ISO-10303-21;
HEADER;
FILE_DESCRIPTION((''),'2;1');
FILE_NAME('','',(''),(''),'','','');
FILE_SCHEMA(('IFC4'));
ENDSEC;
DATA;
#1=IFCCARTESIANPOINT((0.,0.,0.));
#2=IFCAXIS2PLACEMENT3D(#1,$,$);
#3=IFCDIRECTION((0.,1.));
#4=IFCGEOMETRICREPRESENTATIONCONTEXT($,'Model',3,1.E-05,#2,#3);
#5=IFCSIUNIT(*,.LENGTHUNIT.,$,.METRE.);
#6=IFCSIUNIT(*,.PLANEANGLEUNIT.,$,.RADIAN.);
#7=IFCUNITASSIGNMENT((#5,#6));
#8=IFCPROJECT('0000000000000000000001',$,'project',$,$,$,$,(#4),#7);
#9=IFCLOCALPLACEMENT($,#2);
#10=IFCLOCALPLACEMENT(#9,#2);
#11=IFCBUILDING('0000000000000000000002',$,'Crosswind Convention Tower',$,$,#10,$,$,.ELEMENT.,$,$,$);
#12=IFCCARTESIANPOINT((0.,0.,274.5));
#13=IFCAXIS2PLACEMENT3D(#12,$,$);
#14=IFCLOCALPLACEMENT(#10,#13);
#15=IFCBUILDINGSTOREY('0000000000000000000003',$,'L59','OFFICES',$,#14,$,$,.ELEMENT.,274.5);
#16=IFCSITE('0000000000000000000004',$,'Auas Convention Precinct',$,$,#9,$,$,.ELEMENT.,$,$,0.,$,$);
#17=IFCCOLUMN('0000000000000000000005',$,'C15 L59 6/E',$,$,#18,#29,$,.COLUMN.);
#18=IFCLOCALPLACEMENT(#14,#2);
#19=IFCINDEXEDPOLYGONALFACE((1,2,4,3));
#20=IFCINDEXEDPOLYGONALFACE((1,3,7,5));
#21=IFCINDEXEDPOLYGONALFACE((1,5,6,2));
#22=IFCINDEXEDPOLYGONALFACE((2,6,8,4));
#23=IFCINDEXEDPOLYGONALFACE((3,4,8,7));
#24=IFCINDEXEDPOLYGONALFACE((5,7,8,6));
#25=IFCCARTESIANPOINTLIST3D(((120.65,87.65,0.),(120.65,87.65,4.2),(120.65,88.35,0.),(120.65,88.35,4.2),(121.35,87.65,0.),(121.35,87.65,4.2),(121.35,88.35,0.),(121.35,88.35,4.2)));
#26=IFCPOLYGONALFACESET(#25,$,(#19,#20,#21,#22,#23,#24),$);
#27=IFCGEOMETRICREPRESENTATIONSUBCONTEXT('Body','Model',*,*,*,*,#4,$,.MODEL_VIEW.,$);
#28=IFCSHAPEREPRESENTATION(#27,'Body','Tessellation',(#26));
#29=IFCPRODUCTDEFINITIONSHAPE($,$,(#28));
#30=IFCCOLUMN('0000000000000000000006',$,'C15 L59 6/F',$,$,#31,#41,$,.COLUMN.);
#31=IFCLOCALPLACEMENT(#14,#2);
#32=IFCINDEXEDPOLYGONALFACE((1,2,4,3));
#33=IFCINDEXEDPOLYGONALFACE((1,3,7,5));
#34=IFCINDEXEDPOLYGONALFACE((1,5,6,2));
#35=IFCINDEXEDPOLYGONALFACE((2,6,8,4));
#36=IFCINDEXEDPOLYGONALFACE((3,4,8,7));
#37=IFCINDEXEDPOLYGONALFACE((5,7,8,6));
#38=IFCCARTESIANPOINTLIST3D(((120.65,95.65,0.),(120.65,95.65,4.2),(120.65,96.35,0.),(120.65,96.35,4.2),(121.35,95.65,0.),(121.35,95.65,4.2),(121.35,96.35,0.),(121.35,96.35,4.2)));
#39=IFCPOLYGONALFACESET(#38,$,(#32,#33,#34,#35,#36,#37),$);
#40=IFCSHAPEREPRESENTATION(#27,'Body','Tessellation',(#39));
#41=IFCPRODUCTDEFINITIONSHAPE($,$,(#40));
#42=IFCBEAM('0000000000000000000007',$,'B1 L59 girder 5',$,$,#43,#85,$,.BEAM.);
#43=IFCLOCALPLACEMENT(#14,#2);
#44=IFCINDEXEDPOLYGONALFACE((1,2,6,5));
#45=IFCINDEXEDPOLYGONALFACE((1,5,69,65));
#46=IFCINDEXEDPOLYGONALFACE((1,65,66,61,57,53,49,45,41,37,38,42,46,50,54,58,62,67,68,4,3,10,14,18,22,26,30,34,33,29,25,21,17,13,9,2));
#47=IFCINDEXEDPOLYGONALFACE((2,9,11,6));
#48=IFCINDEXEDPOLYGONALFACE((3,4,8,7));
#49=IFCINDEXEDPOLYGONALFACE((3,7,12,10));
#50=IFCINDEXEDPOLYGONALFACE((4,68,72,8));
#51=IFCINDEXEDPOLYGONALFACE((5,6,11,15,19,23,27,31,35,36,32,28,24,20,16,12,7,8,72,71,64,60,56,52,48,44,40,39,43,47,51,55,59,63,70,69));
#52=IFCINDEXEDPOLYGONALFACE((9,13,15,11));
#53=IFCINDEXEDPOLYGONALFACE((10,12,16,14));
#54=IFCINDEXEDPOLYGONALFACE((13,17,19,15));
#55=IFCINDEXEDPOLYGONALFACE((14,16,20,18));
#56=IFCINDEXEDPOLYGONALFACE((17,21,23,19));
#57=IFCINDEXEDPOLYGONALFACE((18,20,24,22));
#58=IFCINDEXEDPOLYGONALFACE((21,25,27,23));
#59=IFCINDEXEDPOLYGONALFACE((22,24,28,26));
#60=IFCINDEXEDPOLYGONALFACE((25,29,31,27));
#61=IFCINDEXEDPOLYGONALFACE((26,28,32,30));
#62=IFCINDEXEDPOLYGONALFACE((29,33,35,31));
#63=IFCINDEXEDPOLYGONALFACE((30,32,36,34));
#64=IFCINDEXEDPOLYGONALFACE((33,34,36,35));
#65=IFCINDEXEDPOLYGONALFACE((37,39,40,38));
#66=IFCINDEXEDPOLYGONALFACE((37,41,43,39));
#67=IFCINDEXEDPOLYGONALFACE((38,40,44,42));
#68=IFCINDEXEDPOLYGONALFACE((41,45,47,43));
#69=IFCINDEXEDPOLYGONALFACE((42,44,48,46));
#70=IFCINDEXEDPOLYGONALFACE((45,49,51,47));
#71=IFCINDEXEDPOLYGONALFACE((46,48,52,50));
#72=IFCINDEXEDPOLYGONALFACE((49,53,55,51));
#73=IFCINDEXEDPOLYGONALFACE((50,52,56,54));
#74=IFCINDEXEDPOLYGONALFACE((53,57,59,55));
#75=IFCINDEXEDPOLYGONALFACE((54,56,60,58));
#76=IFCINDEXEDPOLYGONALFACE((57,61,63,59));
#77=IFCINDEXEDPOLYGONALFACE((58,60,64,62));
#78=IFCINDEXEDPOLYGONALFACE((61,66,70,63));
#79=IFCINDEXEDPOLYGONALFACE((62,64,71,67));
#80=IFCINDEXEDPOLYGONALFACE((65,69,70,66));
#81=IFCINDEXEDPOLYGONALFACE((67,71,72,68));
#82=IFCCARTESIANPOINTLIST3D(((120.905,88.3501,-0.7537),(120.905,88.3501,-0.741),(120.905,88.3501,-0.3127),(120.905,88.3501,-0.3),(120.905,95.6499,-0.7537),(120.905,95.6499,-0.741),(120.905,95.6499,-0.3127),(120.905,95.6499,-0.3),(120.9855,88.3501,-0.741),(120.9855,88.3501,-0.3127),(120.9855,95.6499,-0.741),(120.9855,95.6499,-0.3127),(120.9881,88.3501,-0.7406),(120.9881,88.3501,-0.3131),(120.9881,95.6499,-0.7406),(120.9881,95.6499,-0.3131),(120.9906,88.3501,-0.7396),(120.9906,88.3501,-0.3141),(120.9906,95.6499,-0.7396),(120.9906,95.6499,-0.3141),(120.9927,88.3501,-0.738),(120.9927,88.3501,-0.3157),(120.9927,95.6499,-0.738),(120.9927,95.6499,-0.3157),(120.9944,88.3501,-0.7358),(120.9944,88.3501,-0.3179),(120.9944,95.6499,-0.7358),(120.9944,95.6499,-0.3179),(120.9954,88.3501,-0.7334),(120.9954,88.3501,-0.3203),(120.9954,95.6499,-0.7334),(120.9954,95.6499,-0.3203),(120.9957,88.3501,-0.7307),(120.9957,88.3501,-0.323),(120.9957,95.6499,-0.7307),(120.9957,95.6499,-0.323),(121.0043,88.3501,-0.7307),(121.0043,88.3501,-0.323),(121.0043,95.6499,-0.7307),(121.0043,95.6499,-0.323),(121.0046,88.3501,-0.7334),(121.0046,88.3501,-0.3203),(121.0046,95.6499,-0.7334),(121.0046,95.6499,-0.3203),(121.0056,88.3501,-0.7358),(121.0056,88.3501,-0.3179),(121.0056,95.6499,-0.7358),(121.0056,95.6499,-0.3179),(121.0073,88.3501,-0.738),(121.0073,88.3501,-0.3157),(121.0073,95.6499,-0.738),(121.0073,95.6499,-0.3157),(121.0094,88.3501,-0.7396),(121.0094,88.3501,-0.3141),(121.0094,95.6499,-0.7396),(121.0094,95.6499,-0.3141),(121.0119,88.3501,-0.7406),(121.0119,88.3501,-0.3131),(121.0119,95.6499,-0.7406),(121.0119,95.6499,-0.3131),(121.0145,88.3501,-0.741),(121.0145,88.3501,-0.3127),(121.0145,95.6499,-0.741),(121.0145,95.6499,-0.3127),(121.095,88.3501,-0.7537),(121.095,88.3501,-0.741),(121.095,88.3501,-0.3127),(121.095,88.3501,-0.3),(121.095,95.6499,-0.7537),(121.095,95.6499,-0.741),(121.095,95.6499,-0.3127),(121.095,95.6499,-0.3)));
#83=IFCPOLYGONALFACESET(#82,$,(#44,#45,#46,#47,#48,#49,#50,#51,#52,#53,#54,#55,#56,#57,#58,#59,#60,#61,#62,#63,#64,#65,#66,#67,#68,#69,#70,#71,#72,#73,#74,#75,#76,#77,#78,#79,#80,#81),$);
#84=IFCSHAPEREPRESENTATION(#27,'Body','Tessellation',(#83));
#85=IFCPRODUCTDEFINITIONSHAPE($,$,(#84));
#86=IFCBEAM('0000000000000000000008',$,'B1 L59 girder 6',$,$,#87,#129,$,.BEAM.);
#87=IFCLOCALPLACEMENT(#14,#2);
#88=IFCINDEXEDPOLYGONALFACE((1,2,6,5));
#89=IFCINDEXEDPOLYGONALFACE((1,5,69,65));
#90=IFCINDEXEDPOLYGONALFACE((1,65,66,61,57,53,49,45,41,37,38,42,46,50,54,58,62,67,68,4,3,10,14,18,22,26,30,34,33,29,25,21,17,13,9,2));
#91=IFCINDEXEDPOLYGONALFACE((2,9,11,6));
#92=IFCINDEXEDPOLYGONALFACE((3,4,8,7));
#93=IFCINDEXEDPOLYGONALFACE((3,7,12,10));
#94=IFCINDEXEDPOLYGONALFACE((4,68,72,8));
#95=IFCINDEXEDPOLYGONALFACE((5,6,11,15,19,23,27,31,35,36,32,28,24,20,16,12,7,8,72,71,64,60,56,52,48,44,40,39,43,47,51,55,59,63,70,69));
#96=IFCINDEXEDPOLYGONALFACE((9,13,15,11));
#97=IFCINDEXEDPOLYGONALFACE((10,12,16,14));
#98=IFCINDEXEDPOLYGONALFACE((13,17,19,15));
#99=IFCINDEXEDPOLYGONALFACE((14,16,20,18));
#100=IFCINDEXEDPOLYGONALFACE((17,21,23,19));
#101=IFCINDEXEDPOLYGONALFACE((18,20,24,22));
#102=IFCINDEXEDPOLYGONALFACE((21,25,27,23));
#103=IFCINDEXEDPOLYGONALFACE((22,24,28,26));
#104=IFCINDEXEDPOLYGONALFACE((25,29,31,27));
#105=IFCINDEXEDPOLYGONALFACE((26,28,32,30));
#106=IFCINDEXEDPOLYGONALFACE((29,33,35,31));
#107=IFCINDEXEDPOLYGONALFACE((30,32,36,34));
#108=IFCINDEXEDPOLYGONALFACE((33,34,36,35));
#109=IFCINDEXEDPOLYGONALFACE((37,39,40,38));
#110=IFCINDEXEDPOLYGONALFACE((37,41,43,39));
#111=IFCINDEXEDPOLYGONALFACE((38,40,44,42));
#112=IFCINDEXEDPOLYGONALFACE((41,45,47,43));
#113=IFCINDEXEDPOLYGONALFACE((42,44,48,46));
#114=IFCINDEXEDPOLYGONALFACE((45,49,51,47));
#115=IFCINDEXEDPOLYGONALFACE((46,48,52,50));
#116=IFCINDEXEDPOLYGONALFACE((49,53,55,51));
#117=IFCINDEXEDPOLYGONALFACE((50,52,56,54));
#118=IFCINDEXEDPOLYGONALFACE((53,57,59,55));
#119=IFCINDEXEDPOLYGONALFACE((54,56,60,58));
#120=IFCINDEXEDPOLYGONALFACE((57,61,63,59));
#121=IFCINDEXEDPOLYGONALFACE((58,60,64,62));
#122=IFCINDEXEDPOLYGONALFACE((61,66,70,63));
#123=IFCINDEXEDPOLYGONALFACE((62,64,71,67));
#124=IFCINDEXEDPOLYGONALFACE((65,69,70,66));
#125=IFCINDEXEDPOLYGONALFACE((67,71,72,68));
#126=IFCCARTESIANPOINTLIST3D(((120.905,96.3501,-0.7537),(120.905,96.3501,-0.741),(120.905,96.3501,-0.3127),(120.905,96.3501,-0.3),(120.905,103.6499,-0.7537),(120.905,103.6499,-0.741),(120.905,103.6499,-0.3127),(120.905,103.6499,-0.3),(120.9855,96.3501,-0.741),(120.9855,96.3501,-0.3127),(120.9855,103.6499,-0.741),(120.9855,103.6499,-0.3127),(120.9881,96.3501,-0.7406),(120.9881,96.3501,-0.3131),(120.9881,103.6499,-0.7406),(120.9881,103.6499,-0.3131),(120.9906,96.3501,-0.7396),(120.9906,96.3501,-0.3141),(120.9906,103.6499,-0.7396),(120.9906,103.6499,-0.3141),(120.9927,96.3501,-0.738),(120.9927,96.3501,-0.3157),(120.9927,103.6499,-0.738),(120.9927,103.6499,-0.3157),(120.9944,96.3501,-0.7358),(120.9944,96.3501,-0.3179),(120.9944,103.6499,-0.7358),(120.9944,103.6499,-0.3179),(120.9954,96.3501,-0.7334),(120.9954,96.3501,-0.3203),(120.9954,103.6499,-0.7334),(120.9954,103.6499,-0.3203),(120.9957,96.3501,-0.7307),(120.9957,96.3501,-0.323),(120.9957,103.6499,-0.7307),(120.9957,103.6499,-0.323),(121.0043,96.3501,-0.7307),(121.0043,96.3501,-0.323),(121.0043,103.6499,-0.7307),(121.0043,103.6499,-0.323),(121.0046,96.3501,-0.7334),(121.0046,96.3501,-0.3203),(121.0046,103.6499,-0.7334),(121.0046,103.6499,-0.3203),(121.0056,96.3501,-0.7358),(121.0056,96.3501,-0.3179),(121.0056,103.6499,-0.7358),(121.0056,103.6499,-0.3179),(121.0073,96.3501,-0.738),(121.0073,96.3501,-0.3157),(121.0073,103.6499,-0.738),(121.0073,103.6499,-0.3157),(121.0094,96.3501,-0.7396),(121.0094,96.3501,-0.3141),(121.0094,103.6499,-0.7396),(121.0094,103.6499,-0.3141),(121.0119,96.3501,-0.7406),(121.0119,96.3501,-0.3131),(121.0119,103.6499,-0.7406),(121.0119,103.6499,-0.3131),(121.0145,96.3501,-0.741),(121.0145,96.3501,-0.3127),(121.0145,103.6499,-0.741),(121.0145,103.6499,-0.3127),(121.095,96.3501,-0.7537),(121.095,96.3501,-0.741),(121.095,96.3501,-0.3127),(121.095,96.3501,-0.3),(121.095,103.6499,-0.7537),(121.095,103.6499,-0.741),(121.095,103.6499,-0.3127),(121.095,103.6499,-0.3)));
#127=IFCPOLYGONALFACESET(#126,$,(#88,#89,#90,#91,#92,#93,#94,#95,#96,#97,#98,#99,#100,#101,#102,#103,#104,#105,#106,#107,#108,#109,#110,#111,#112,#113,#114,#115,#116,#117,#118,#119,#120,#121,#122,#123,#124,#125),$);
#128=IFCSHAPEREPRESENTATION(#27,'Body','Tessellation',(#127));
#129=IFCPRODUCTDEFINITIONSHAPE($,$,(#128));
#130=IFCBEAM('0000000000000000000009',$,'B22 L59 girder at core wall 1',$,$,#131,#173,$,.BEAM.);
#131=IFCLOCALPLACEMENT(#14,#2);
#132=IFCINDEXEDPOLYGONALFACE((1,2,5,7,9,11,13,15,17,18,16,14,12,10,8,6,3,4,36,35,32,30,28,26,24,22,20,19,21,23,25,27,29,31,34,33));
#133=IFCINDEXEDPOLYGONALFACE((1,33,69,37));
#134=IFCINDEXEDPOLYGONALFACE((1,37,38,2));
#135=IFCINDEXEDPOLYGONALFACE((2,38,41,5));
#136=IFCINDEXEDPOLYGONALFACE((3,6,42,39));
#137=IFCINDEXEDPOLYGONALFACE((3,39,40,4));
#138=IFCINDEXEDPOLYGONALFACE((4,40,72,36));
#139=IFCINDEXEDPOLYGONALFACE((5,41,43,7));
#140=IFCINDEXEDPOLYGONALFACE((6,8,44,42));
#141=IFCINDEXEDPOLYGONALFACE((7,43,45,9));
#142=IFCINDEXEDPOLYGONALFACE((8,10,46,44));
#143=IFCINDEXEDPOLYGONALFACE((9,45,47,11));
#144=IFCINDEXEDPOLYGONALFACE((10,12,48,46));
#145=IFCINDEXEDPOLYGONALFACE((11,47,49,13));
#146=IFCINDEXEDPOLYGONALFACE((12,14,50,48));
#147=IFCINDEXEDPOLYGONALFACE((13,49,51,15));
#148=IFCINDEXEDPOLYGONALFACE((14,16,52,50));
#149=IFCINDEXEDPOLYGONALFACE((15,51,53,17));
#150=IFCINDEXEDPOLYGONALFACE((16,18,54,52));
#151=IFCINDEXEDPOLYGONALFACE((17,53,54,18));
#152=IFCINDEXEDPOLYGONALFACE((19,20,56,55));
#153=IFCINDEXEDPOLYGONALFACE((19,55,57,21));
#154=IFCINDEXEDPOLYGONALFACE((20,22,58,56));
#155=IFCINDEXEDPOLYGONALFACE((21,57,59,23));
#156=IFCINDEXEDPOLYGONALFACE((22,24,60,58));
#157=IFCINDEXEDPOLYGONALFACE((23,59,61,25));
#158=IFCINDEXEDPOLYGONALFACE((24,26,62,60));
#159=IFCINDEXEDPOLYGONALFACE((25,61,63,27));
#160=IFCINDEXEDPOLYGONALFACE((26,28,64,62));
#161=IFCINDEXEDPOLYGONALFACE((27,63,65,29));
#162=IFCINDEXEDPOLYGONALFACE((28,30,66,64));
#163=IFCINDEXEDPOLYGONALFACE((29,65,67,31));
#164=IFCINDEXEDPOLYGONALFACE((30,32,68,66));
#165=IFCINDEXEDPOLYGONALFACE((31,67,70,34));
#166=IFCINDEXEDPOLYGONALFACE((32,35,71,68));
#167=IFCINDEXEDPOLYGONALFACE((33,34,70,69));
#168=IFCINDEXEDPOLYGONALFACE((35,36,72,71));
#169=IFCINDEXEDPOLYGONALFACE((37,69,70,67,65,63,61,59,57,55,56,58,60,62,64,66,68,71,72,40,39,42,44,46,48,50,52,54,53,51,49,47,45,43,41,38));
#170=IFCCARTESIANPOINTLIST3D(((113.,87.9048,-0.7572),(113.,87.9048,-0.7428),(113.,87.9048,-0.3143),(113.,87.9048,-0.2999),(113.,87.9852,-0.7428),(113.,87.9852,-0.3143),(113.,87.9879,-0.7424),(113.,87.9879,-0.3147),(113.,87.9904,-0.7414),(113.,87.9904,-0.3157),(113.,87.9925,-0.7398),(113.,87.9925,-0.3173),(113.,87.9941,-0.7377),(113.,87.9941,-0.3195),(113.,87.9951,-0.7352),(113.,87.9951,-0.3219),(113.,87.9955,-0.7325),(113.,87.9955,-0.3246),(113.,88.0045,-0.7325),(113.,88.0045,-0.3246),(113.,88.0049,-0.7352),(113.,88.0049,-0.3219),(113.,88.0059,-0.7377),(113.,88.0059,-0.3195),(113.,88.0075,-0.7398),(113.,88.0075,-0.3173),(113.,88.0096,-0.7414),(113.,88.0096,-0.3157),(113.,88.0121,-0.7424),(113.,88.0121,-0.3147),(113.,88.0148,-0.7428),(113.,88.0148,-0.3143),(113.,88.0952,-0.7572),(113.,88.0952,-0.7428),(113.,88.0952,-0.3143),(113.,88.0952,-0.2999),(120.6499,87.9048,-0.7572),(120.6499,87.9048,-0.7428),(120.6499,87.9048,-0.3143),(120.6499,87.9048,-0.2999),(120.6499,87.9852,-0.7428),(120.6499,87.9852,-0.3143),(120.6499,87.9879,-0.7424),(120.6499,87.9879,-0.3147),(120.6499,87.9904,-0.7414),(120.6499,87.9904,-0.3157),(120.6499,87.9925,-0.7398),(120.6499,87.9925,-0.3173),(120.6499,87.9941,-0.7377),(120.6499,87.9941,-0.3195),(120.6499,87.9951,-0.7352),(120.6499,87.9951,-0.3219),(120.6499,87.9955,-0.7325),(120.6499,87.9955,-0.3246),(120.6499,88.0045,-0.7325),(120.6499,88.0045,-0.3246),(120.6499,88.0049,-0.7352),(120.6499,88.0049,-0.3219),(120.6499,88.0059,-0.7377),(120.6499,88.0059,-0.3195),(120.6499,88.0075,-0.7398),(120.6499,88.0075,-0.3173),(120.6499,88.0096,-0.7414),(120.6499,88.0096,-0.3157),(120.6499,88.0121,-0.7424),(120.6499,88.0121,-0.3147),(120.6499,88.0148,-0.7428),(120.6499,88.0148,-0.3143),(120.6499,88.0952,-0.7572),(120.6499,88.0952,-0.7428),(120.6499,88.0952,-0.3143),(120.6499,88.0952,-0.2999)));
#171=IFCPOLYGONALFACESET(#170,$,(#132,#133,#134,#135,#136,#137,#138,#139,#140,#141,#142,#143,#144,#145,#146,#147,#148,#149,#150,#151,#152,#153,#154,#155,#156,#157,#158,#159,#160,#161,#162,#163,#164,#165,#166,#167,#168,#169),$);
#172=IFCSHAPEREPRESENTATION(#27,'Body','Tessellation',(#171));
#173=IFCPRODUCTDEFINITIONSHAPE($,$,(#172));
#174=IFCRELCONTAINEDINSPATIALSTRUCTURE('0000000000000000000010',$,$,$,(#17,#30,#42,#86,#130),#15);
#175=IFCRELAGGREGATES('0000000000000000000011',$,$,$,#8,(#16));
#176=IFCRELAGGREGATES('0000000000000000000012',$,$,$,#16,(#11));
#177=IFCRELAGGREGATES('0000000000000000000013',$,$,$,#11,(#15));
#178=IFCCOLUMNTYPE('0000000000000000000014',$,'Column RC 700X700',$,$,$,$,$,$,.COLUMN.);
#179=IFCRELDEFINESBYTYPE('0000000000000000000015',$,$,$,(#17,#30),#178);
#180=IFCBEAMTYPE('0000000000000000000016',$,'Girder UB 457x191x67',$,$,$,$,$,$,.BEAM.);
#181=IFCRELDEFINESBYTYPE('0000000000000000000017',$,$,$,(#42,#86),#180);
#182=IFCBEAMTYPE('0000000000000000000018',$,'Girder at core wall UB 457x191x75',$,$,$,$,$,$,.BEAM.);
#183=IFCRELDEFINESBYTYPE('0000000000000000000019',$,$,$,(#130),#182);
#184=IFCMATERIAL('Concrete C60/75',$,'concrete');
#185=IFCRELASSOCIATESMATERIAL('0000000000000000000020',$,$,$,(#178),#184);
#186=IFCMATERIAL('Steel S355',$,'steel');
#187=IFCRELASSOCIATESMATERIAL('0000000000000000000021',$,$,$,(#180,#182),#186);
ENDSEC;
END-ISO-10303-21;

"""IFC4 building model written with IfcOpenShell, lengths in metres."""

from ifc_helpers import new_model, si_unit, direction, frame, origin, origin_2d, place, context, subcontext, project, spatial, rectangle, i_section, extrude, material, material_profile, profile_set, type_object, element, save


model = new_model("IFC4")

# Units and contexts
model_context = context("Model", 3, precision=1e-05, world=origin(), true_north=direction((0.0, 1.0)))
body_context = subcontext(model_context, "Body", "Model", "MODEL_VIEW")
ifc_project = project(units=[si_unit("LENGTHUNIT", "METRE"), si_unit("PLANEANGLEUNIT", "RADIAN")], contexts=[model_context])

# Site, building, storey
site_placement = place(None, origin())
site = spatial("IfcSite", under=ifc_project, at=site_placement, Name="Auas Convention Precinct", CompositionType="ELEMENT", RefElevation=0.0)
building_placement = place(site_placement, origin())
building = spatial("IfcBuilding", under=site, at=building_placement, Name="Crosswind Convention Tower", CompositionType="ELEMENT")
storey_placement = place(building_placement, frame((0.0, 0.0, 274.5)))
storey = spatial("IfcBuildingStorey", under=building, at=storey_placement, Name="L59", Description="OFFICES", CompositionType="ELEMENT", Elevation=274.5)

# Columns
ifc_material_1 = material(Name="Concrete C60/75", Category="concrete")
ifc_material_profile_1 = material_profile(ifc_material_1, rectangle(XDim=0.7, YDim=0.7, at=origin_2d()), Name="RC 700X700")
ifc_profile_set_1 = profile_set([ifc_material_profile_1], Name="Concrete C60/75")
column_type = type_object("IfcColumnType", Name="Column RC 700X700", PredefinedType="COLUMN", material=ifc_profile_set_1)
for number, where, z_axis, x_axis, name in (
    (1, (121.0, 88.0, 0.0), (0.0, 0.0, 1.0), (1.0, 0.0, 0.0), "C15 L59 6/E"),
    (2, (121.0, 96.0, 0.0), (0.0, 0.0, 1.0), (1.0, 0.0, 0.0), "C15 L59 6/F"),
):
    element("IfcColumn", number, at=place(storey_placement, frame(where, z_axis=z_axis, x_axis=x_axis)), inside=storey, type_object=column_type, Name=name, PredefinedType="COLUMN", context=body_context, shape_type="SweptSolid", body=[
        extrude(rectangle(XDim=0.7, YDim=0.7, at=origin_2d()), origin(), (0.0, 0.0, 1.0), 4.2),
    ])

# Beams
ifc_material_2 = material(Name="Steel S355", Category="steel")
ifc_material_profile_2 = material_profile(ifc_material_2, i_section(OverallWidth=0.1899, OverallDepth=0.4536, WebThickness=0.0085, FlangeThickness=0.0127, FilletRadius=0.0103, at=origin_2d()), Name="UB 457x191x67")
ifc_profile_set_2 = profile_set([ifc_material_profile_2], Name="Steel S355")
beam_type_1 = type_object("IfcBeamType", Name="Girder UB 457x191x67", PredefinedType="BEAM", material=ifc_profile_set_2)
for number, where, z_axis, x_axis, name in (
    (3, (121.0, 88.3501, -0.5269), (0.0, 1.0, 0.0), (-1.0, 0.0, 0.0), "B1 L59 girder 5"),
    (4, (121.0, 96.3501, -0.5269), (0.0, 1.0, 0.0), (-1.0, 0.0, 0.0), "B1 L59 girder 6"),
):
    element("IfcBeam", number, at=place(storey_placement, frame(where, z_axis=z_axis, x_axis=x_axis)), inside=storey, type_object=beam_type_1, Name=name, PredefinedType="BEAM", context=body_context, shape_type="SweptSolid", body=[
        extrude(i_section(OverallWidth=0.1899, OverallDepth=0.4536, WebThickness=0.0085, FlangeThickness=0.0127, FilletRadius=0.0103, at=origin_2d()), origin(), (0.0, 0.0, 1.0), 7.2998),
    ])
ifc_material_profile_3 = material_profile(ifc_material_2, i_section(OverallWidth=0.1904, OverallDepth=0.4573, WebThickness=0.009, FlangeThickness=0.0144, FilletRadius=0.0103, at=origin_2d()), Name="UB 457x191x75")
ifc_profile_set_3 = profile_set([ifc_material_profile_3], Name="Steel S355")
beam_type_2 = type_object("IfcBeamType", Name="Girder at core wall UB 457x191x75", PredefinedType="BEAM", material=ifc_profile_set_3)
for number, where, z_axis, x_axis, name in (
    (5, (113.0, 88.0, -0.5286), (1.0, 0.0, 0.0), (0.0, 1.0, 0.0), "B22 L59 girder at core wall 1"),
):
    element("IfcBeam", number, at=place(storey_placement, frame(where, z_axis=z_axis, x_axis=x_axis)), inside=storey, type_object=beam_type_2, Name=name, PredefinedType="BEAM", context=body_context, shape_type="SweptSolid", body=[
        extrude(i_section(OverallWidth=0.1904, OverallDepth=0.4573, WebThickness=0.009, FlangeThickness=0.0144, FilletRadius=0.0103, at=origin_2d()), origin(), (0.0, 0.0, 1.0), 7.6499),
    ])

save(model, "model.ifc")
